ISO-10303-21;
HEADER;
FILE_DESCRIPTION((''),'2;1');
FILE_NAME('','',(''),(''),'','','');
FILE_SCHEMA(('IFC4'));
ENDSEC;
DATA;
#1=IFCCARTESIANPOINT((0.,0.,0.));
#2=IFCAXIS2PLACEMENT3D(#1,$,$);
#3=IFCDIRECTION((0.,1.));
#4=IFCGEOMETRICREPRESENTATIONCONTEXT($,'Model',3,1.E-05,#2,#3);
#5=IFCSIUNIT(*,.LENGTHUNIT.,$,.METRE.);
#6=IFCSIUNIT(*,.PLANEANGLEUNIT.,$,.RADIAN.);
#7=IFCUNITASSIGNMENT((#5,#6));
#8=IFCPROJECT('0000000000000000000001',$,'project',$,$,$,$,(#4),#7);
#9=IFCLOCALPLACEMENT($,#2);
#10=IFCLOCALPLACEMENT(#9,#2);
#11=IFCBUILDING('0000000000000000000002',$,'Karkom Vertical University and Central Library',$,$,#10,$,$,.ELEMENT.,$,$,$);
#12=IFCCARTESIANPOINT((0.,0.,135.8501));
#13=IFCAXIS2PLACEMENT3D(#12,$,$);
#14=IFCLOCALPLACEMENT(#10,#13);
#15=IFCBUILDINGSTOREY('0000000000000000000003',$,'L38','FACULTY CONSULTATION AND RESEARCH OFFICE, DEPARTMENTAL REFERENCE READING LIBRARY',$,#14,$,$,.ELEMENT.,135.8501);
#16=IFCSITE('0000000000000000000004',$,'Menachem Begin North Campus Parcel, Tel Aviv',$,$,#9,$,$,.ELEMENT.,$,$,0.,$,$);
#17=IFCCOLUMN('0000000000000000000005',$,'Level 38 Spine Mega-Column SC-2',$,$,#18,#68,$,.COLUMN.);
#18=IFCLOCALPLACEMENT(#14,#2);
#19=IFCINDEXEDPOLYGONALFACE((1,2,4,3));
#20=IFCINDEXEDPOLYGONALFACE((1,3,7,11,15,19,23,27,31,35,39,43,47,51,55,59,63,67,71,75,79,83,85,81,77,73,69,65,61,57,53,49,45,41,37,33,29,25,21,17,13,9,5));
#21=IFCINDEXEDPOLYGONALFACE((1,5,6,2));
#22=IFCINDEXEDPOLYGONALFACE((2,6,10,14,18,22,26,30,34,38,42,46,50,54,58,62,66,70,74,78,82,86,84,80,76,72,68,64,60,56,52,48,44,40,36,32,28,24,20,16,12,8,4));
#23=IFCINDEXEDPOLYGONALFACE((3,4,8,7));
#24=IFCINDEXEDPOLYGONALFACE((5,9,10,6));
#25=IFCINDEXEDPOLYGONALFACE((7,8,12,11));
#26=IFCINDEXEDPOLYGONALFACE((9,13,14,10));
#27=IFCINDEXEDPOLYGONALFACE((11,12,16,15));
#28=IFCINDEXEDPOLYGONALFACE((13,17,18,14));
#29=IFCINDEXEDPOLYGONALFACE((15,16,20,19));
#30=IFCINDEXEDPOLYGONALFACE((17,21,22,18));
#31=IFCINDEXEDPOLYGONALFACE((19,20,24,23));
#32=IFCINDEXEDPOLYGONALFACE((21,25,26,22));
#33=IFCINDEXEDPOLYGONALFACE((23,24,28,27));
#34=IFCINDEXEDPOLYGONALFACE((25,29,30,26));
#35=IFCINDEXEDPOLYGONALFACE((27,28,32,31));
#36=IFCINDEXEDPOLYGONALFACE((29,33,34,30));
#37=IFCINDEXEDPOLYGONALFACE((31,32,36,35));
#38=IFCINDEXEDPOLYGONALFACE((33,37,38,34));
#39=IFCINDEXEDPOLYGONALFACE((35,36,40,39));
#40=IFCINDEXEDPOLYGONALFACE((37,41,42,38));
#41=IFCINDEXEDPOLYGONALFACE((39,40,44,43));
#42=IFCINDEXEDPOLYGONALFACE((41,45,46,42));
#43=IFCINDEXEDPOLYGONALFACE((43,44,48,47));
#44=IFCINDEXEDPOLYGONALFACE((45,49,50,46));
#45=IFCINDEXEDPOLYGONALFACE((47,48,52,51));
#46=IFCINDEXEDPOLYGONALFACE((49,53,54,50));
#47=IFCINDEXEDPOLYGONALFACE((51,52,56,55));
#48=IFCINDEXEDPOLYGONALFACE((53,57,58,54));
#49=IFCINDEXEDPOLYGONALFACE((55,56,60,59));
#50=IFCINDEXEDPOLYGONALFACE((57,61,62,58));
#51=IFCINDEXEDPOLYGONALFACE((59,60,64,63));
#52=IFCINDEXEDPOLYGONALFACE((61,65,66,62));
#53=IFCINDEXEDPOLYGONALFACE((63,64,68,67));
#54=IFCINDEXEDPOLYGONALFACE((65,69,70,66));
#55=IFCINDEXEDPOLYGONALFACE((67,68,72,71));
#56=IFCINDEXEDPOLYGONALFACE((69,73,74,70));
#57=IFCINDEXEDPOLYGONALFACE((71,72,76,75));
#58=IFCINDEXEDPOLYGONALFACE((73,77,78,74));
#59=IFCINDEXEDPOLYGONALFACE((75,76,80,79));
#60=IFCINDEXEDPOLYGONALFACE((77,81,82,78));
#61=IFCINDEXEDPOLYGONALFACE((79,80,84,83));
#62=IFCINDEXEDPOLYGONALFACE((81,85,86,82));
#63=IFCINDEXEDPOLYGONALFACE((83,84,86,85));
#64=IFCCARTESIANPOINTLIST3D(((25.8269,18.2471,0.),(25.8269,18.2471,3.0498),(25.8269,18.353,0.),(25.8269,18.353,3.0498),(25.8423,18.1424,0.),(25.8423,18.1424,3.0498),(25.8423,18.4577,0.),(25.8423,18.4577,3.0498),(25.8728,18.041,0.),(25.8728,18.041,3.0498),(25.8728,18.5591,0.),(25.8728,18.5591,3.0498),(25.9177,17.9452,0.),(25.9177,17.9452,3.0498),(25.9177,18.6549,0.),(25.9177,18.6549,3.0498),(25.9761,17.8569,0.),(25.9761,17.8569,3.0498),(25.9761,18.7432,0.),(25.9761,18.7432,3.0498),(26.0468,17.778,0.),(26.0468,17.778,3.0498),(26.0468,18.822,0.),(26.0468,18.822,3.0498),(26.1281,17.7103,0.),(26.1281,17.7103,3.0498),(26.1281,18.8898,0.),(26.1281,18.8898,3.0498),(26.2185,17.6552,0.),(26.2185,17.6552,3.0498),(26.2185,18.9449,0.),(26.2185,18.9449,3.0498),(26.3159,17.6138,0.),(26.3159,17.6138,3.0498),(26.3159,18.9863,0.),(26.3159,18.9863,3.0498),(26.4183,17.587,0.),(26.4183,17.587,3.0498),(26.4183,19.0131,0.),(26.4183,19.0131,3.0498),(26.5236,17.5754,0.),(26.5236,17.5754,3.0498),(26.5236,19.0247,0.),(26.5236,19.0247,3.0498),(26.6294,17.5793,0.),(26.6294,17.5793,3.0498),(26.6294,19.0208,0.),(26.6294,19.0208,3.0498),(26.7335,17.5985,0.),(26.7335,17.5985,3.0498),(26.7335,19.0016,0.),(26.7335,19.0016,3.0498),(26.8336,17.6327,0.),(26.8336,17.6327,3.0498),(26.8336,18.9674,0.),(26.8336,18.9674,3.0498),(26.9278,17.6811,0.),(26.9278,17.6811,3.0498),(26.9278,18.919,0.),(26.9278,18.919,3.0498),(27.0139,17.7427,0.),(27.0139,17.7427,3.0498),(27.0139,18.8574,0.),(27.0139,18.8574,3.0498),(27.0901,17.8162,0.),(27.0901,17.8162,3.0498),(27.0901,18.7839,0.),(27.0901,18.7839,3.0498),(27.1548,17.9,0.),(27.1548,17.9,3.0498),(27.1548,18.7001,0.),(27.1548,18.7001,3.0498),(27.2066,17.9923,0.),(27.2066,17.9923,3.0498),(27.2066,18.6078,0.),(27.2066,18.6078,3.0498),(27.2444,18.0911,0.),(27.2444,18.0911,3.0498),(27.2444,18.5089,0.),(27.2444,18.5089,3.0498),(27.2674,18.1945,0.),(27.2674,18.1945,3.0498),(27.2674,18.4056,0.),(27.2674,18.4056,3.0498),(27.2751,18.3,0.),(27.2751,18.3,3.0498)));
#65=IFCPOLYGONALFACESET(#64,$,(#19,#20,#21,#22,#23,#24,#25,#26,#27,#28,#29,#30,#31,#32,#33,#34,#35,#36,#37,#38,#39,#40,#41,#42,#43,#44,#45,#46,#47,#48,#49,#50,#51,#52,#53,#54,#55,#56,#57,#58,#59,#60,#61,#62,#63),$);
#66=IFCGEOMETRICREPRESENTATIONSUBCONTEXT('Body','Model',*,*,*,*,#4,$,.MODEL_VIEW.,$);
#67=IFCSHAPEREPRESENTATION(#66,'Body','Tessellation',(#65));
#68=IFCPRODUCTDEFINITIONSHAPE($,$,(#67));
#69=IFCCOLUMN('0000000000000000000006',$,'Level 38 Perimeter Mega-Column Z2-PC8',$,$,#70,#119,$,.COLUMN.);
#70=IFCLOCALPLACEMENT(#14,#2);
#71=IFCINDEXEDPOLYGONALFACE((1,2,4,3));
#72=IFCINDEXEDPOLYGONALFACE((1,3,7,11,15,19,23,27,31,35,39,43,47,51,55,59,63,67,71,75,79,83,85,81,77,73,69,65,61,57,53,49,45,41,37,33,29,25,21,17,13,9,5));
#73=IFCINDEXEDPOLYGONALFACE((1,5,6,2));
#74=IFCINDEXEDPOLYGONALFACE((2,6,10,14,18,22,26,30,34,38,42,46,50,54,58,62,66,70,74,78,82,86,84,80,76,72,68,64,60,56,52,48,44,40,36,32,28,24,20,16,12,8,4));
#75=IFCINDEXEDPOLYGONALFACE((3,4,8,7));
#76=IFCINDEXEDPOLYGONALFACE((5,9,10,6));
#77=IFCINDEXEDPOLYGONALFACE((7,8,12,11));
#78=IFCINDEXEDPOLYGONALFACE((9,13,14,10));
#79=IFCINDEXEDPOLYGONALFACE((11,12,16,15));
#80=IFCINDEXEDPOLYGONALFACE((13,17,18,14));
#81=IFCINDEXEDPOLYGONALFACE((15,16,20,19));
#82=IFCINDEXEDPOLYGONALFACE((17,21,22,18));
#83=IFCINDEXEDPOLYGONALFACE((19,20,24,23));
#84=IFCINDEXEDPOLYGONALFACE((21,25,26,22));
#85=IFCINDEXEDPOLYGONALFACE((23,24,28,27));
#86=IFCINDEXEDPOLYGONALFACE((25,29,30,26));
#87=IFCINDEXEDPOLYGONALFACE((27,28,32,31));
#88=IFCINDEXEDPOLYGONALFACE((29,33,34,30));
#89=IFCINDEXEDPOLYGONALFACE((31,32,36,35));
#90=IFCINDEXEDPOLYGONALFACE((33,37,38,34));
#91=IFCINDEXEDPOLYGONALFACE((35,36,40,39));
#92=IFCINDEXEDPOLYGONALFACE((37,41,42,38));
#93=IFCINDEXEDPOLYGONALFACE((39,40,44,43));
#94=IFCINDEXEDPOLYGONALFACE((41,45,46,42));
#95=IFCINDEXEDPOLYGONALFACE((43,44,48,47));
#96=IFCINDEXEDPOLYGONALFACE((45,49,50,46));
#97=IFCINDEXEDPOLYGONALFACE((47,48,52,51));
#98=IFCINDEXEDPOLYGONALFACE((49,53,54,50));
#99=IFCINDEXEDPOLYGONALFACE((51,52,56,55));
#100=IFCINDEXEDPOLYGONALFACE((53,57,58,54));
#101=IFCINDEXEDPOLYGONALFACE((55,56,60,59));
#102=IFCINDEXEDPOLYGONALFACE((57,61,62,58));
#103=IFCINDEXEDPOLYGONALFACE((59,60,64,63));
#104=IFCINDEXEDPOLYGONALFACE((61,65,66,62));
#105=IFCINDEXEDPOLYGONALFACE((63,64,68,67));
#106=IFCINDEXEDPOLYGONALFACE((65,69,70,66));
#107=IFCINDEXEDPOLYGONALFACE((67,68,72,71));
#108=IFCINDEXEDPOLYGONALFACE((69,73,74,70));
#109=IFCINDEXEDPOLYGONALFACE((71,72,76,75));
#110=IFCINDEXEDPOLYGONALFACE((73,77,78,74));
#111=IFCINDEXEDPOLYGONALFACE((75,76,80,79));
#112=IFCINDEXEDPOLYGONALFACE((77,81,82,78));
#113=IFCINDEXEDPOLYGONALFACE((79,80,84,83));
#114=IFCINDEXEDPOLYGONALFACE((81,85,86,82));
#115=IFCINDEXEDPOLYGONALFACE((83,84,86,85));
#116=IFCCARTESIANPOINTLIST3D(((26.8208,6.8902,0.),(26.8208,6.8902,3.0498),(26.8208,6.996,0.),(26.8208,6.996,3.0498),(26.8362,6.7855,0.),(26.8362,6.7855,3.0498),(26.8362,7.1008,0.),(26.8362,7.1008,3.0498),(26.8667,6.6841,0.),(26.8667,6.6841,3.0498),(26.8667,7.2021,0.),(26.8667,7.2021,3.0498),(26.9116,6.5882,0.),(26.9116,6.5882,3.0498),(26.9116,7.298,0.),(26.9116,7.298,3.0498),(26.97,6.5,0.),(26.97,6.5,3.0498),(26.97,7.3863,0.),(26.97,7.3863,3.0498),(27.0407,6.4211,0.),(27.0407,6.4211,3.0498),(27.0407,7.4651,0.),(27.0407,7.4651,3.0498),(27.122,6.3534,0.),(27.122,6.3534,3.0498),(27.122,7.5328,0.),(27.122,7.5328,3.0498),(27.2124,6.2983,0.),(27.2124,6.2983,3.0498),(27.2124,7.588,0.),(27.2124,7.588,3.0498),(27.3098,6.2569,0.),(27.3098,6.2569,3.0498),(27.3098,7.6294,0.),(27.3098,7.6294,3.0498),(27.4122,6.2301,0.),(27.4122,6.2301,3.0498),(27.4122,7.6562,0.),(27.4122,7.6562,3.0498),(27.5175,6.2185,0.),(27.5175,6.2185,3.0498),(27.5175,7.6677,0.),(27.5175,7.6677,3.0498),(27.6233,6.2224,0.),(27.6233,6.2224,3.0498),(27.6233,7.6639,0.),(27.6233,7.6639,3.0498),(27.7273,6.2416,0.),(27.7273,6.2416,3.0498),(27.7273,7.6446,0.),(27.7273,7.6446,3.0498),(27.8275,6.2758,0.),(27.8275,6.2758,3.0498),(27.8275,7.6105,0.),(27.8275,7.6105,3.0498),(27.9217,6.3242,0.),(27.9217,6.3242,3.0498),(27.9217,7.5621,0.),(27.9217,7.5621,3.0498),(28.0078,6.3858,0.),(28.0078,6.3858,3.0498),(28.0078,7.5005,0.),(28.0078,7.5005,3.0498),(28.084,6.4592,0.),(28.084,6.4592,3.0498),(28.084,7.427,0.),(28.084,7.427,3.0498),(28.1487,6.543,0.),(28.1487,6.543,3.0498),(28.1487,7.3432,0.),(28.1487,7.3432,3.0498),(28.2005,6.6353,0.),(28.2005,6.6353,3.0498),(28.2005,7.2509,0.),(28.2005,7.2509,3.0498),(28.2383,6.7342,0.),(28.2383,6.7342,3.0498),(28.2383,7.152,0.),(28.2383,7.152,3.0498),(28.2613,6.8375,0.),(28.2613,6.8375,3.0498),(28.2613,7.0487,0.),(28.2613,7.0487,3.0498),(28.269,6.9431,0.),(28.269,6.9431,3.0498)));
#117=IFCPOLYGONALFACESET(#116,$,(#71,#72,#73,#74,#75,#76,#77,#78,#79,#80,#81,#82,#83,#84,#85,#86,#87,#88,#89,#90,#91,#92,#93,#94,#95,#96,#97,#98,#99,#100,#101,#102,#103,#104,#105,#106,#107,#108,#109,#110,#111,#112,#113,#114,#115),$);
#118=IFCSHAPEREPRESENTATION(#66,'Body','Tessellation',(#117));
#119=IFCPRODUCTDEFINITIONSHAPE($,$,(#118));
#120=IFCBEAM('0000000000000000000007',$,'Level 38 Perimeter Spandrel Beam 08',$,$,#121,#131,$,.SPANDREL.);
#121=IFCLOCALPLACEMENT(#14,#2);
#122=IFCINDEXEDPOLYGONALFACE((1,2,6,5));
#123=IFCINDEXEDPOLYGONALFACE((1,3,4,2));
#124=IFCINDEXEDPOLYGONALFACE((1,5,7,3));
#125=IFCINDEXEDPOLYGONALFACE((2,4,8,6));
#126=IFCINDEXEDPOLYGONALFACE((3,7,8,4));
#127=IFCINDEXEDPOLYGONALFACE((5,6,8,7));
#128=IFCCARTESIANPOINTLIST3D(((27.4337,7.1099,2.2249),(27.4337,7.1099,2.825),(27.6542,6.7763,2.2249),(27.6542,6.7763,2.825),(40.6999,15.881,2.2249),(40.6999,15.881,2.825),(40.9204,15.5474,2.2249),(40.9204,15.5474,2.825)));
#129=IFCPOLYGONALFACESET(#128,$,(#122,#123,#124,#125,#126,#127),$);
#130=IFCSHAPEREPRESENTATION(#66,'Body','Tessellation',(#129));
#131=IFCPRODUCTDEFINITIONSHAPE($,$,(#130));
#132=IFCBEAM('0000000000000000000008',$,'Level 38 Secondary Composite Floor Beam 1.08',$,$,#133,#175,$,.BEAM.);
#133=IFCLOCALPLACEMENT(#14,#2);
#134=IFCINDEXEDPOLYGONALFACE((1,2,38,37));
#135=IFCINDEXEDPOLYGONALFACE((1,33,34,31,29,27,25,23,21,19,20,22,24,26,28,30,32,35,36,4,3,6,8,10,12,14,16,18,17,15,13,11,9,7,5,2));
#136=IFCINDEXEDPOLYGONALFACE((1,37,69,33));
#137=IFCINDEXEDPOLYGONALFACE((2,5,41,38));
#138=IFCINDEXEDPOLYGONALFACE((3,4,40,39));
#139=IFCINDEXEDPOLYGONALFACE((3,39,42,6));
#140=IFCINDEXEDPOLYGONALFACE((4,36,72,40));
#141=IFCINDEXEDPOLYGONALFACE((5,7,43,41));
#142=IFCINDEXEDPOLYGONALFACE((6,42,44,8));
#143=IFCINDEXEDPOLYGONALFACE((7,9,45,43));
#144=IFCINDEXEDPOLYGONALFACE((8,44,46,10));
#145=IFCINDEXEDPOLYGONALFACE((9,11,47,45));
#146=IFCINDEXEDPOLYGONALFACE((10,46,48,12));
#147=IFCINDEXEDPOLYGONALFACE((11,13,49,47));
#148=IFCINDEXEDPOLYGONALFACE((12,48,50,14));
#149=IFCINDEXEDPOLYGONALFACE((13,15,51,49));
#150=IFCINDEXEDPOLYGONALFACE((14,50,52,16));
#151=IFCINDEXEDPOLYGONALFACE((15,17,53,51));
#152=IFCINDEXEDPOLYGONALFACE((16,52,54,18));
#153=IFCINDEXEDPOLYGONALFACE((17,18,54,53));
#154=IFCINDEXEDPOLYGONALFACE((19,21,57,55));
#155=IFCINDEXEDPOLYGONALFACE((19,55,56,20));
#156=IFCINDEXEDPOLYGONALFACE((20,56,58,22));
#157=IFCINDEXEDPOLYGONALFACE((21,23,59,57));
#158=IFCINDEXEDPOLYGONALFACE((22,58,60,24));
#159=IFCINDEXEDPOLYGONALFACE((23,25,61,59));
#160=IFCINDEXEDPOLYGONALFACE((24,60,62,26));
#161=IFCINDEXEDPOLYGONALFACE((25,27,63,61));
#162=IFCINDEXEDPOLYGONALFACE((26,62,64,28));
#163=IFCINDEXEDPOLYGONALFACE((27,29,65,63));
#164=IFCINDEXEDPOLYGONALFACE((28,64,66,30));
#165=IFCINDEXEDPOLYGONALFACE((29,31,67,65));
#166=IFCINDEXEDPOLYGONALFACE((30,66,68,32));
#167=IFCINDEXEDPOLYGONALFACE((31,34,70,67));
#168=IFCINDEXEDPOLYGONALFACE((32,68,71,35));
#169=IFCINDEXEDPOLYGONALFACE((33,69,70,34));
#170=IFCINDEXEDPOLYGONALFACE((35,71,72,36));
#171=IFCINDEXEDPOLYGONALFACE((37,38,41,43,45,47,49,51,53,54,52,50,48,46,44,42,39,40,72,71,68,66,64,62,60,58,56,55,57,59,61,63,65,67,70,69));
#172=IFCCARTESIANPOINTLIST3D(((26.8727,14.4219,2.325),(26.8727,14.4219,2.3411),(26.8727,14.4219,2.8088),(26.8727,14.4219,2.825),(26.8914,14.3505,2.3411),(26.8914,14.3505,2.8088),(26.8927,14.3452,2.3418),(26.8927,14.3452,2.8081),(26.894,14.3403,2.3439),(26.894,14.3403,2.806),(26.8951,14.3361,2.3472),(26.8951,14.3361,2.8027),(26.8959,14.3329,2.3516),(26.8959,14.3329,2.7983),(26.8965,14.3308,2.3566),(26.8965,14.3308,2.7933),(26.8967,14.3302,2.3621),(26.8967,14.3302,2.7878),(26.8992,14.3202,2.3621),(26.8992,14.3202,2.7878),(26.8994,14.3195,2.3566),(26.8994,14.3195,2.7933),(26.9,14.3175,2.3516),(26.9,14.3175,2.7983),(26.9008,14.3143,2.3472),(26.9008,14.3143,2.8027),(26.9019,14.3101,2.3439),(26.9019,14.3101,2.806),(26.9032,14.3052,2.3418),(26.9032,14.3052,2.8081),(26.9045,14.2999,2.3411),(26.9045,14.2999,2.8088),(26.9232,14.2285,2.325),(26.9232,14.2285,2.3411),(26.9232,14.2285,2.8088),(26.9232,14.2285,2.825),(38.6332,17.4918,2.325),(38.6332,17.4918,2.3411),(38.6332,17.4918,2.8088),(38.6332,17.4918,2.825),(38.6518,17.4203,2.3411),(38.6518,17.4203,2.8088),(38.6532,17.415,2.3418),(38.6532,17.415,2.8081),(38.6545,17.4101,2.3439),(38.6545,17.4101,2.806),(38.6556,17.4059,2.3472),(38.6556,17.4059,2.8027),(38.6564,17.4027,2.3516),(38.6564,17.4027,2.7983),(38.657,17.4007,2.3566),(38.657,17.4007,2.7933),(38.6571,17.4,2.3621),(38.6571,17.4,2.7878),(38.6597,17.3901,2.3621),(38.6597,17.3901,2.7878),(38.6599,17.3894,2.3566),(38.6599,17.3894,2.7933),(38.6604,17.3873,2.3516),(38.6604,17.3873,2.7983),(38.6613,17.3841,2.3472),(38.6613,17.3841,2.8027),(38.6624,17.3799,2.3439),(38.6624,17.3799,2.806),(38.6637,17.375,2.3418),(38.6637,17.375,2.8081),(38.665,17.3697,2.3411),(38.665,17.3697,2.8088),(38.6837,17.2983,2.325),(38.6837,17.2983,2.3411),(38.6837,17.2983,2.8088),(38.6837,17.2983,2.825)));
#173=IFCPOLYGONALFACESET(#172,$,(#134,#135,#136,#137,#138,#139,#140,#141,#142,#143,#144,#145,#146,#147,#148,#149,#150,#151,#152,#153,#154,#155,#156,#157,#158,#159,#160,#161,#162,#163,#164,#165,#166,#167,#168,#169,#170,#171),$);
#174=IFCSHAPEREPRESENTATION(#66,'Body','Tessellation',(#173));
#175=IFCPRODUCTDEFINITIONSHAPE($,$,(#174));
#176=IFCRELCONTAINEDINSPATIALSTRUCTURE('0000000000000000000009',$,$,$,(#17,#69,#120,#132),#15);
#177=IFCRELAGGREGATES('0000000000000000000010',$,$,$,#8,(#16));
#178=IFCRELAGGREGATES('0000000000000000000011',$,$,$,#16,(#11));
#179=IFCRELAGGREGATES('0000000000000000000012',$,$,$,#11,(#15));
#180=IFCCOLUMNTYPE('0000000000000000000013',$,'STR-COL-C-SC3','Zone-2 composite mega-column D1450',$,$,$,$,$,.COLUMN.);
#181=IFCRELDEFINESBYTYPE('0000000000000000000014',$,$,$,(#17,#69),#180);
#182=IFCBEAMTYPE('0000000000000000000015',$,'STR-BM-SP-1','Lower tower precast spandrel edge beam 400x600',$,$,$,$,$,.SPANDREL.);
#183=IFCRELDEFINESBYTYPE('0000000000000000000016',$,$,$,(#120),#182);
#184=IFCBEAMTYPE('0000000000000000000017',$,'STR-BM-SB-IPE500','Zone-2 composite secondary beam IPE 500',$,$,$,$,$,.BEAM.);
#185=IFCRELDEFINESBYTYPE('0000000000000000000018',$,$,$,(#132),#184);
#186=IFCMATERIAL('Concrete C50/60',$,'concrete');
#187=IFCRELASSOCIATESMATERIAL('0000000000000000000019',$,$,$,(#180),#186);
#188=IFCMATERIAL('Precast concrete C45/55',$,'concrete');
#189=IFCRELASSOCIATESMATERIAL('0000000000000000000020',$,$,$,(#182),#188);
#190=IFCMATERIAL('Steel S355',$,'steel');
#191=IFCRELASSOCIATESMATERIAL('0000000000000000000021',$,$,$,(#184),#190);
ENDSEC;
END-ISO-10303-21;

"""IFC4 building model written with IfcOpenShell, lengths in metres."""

from ifc_helpers import new_model, si_unit, direction, frame, origin, origin_with_axes, origin_2d, place, context, subcontext, project, spatial, rectangle, circle, i_section, extrude, source, transform, mapped, material, material_profile, profile_set, type_object, element, save


model = new_model("IFC4")

# Units and contexts
model_context = context("Model", 3, precision=1e-05, world=origin(), true_north=direction((0.0, 1.0)))
body_context = subcontext(model_context, "Body", "Model", "MODEL_VIEW")
ifc_project = project(units=[si_unit("LENGTHUNIT", "METRE"), si_unit("PLANEANGLEUNIT", "RADIAN")], contexts=[model_context])

# Site, building, storey
site_placement = place(None, origin())
site = spatial("IfcSite", under=ifc_project, at=site_placement, Name="Menachem Begin North Campus Parcel, Tel Aviv", CompositionType="ELEMENT", RefElevation=0.0)
building_placement = place(site_placement, origin())
building = spatial("IfcBuilding", under=site, at=building_placement, Name="Karkom Vertical University and Central Library", CompositionType="ELEMENT")
storey_placement = place(building_placement, frame((0.0, 0.0, 135.8501)))
storey = spatial("IfcBuildingStorey", under=building, at=storey_placement, Name="L38", Description="FACULTY CONSULTATION AND RESEARCH OFFICE, DEPARTMENTAL REFERENCE READING LIBRARY", CompositionType="ELEMENT", Elevation=135.8501)

# Columns
ifc_material_1 = material(Name="Concrete C50/60", Category="concrete")
ifc_material_profile_1 = material_profile(ifc_material_1, circle(Radius=0.7251, at=origin_2d()), Name="CFT-D1450")
ifc_profile_set_1 = profile_set([ifc_material_profile_1], Name="Concrete C50/60")
column_type = type_object("IfcColumnType", Name="STR-COL-C-SC3", Description="Zone-2 composite mega-column D1450", PredefinedType="COLUMN", material=ifc_profile_set_1)
shared_shape_1 = source(origin_with_axes(), body_context, "Body", "SweptSolid", [
    extrude(circle(Radius=0.7251, at=origin_2d()), origin(), (0.0, 0.0, 1.0), 3.0498),
])
for number, where, z_axis, x_axis, name in (
    (1, (26.55, 18.3, 0.0), (0.0, 0.0, 1.0), (1.0, 0.0, 0.0), "Level 38 Spine Mega-Column SC-2"),
    (2, (27.5439, 6.9431, 0.0), (0.0, 0.0, 1.0), (1.0, 0.0, 0.0), "Level 38 Perimeter Mega-Column Z2-PC8"),
):
    element("IfcColumn", number, at=place(storey_placement, frame(where, z_axis=z_axis, x_axis=x_axis)), inside=storey, type_object=column_type, Name=name, PredefinedType="COLUMN", context=body_context, shape_type="MappedRepresentation", body=[
        mapped(shared_shape_1, transform((0.0, 0.0, 0.0), scale=1.0)),
    ])

# Beams
ifc_material_2 = material(Name="Precast concrete C45/55", Category="concrete")
ifc_material_profile_2 = material_profile(ifc_material_2, rectangle(XDim=0.3999, YDim=0.6001, at=origin_2d()), Name="SPB-400x600")
ifc_profile_set_2 = profile_set([ifc_material_profile_2], Name="Precast concrete C45/55")
beam_type_1 = type_object("IfcBeamType", Name="STR-BM-SP-1", Description="Lower tower precast spandrel edge beam 400x600", PredefinedType="SPANDREL", material=ifc_profile_set_2)
shared_shape_2 = source(origin_with_axes(), body_context, "Body", "SweptSolid", [
    extrude(rectangle(XDim=0.3999, YDim=0.6001, at=origin_2d()), origin(), (0.0, 0.0, 1.0), 15.9036),
])
beam_1_placement = place(storey_placement, frame((27.5439, 6.9431, 2.5249), z_axis=(0.834165, 0.551515, 0.0), x_axis=(-0.551515, 0.834165, 0.0)))
element("IfcBeam", 3, at=beam_1_placement, inside=storey, type_object=beam_type_1, Name="Level 38 Perimeter Spandrel Beam 08", PredefinedType="SPANDREL", context=body_context, shape_type="MappedRepresentation", body=[
    mapped(shared_shape_2, transform((0.0, 0.0, 0.0), scale=1.0)),
])
ifc_material_3 = material(Name="Steel S355", Category="steel")
ifc_material_profile_3 = material_profile(ifc_material_3, i_section(OverallWidth=0.2, OverallDepth=0.5, WebThickness=0.0103, FlangeThickness=0.0161, FilletRadius=0.021, at=origin_2d()), Name="IPE 500")
ifc_profile_set_3 = profile_set([ifc_material_profile_3], Name="Steel S355")
beam_type_2 = type_object("IfcBeamType", Name="STR-BM-SB-IPE500", Description="Zone-2 composite secondary beam IPE 500", PredefinedType="BEAM", material=ifc_profile_set_3)
shared_shape_3 = source(origin_with_axes(), body_context, "Body", "SweptSolid", [
    extrude(i_section(OverallWidth=0.2, OverallDepth=0.5, WebThickness=0.0103, FlangeThickness=0.0161, FilletRadius=0.021, at=origin_2d()), origin(), (0.0, 0.0, 1.0), 12.1545),
])
beam_2_placement = place(storey_placement, frame((26.8979, 14.3252, 2.575), z_axis=(0.96758, 0.252566, 0.0), x_axis=(-0.252566, 0.96758, 0.0)))
element("IfcBeam", 4, at=beam_2_placement, inside=storey, type_object=beam_type_2, Name="Level 38 Secondary Composite Floor Beam 1.08", PredefinedType="BEAM", context=body_context, shape_type="MappedRepresentation", body=[
    mapped(shared_shape_3, transform((0.0, 0.0, 0.0), scale=1.0)),
])

save(model, "model.ifc")
